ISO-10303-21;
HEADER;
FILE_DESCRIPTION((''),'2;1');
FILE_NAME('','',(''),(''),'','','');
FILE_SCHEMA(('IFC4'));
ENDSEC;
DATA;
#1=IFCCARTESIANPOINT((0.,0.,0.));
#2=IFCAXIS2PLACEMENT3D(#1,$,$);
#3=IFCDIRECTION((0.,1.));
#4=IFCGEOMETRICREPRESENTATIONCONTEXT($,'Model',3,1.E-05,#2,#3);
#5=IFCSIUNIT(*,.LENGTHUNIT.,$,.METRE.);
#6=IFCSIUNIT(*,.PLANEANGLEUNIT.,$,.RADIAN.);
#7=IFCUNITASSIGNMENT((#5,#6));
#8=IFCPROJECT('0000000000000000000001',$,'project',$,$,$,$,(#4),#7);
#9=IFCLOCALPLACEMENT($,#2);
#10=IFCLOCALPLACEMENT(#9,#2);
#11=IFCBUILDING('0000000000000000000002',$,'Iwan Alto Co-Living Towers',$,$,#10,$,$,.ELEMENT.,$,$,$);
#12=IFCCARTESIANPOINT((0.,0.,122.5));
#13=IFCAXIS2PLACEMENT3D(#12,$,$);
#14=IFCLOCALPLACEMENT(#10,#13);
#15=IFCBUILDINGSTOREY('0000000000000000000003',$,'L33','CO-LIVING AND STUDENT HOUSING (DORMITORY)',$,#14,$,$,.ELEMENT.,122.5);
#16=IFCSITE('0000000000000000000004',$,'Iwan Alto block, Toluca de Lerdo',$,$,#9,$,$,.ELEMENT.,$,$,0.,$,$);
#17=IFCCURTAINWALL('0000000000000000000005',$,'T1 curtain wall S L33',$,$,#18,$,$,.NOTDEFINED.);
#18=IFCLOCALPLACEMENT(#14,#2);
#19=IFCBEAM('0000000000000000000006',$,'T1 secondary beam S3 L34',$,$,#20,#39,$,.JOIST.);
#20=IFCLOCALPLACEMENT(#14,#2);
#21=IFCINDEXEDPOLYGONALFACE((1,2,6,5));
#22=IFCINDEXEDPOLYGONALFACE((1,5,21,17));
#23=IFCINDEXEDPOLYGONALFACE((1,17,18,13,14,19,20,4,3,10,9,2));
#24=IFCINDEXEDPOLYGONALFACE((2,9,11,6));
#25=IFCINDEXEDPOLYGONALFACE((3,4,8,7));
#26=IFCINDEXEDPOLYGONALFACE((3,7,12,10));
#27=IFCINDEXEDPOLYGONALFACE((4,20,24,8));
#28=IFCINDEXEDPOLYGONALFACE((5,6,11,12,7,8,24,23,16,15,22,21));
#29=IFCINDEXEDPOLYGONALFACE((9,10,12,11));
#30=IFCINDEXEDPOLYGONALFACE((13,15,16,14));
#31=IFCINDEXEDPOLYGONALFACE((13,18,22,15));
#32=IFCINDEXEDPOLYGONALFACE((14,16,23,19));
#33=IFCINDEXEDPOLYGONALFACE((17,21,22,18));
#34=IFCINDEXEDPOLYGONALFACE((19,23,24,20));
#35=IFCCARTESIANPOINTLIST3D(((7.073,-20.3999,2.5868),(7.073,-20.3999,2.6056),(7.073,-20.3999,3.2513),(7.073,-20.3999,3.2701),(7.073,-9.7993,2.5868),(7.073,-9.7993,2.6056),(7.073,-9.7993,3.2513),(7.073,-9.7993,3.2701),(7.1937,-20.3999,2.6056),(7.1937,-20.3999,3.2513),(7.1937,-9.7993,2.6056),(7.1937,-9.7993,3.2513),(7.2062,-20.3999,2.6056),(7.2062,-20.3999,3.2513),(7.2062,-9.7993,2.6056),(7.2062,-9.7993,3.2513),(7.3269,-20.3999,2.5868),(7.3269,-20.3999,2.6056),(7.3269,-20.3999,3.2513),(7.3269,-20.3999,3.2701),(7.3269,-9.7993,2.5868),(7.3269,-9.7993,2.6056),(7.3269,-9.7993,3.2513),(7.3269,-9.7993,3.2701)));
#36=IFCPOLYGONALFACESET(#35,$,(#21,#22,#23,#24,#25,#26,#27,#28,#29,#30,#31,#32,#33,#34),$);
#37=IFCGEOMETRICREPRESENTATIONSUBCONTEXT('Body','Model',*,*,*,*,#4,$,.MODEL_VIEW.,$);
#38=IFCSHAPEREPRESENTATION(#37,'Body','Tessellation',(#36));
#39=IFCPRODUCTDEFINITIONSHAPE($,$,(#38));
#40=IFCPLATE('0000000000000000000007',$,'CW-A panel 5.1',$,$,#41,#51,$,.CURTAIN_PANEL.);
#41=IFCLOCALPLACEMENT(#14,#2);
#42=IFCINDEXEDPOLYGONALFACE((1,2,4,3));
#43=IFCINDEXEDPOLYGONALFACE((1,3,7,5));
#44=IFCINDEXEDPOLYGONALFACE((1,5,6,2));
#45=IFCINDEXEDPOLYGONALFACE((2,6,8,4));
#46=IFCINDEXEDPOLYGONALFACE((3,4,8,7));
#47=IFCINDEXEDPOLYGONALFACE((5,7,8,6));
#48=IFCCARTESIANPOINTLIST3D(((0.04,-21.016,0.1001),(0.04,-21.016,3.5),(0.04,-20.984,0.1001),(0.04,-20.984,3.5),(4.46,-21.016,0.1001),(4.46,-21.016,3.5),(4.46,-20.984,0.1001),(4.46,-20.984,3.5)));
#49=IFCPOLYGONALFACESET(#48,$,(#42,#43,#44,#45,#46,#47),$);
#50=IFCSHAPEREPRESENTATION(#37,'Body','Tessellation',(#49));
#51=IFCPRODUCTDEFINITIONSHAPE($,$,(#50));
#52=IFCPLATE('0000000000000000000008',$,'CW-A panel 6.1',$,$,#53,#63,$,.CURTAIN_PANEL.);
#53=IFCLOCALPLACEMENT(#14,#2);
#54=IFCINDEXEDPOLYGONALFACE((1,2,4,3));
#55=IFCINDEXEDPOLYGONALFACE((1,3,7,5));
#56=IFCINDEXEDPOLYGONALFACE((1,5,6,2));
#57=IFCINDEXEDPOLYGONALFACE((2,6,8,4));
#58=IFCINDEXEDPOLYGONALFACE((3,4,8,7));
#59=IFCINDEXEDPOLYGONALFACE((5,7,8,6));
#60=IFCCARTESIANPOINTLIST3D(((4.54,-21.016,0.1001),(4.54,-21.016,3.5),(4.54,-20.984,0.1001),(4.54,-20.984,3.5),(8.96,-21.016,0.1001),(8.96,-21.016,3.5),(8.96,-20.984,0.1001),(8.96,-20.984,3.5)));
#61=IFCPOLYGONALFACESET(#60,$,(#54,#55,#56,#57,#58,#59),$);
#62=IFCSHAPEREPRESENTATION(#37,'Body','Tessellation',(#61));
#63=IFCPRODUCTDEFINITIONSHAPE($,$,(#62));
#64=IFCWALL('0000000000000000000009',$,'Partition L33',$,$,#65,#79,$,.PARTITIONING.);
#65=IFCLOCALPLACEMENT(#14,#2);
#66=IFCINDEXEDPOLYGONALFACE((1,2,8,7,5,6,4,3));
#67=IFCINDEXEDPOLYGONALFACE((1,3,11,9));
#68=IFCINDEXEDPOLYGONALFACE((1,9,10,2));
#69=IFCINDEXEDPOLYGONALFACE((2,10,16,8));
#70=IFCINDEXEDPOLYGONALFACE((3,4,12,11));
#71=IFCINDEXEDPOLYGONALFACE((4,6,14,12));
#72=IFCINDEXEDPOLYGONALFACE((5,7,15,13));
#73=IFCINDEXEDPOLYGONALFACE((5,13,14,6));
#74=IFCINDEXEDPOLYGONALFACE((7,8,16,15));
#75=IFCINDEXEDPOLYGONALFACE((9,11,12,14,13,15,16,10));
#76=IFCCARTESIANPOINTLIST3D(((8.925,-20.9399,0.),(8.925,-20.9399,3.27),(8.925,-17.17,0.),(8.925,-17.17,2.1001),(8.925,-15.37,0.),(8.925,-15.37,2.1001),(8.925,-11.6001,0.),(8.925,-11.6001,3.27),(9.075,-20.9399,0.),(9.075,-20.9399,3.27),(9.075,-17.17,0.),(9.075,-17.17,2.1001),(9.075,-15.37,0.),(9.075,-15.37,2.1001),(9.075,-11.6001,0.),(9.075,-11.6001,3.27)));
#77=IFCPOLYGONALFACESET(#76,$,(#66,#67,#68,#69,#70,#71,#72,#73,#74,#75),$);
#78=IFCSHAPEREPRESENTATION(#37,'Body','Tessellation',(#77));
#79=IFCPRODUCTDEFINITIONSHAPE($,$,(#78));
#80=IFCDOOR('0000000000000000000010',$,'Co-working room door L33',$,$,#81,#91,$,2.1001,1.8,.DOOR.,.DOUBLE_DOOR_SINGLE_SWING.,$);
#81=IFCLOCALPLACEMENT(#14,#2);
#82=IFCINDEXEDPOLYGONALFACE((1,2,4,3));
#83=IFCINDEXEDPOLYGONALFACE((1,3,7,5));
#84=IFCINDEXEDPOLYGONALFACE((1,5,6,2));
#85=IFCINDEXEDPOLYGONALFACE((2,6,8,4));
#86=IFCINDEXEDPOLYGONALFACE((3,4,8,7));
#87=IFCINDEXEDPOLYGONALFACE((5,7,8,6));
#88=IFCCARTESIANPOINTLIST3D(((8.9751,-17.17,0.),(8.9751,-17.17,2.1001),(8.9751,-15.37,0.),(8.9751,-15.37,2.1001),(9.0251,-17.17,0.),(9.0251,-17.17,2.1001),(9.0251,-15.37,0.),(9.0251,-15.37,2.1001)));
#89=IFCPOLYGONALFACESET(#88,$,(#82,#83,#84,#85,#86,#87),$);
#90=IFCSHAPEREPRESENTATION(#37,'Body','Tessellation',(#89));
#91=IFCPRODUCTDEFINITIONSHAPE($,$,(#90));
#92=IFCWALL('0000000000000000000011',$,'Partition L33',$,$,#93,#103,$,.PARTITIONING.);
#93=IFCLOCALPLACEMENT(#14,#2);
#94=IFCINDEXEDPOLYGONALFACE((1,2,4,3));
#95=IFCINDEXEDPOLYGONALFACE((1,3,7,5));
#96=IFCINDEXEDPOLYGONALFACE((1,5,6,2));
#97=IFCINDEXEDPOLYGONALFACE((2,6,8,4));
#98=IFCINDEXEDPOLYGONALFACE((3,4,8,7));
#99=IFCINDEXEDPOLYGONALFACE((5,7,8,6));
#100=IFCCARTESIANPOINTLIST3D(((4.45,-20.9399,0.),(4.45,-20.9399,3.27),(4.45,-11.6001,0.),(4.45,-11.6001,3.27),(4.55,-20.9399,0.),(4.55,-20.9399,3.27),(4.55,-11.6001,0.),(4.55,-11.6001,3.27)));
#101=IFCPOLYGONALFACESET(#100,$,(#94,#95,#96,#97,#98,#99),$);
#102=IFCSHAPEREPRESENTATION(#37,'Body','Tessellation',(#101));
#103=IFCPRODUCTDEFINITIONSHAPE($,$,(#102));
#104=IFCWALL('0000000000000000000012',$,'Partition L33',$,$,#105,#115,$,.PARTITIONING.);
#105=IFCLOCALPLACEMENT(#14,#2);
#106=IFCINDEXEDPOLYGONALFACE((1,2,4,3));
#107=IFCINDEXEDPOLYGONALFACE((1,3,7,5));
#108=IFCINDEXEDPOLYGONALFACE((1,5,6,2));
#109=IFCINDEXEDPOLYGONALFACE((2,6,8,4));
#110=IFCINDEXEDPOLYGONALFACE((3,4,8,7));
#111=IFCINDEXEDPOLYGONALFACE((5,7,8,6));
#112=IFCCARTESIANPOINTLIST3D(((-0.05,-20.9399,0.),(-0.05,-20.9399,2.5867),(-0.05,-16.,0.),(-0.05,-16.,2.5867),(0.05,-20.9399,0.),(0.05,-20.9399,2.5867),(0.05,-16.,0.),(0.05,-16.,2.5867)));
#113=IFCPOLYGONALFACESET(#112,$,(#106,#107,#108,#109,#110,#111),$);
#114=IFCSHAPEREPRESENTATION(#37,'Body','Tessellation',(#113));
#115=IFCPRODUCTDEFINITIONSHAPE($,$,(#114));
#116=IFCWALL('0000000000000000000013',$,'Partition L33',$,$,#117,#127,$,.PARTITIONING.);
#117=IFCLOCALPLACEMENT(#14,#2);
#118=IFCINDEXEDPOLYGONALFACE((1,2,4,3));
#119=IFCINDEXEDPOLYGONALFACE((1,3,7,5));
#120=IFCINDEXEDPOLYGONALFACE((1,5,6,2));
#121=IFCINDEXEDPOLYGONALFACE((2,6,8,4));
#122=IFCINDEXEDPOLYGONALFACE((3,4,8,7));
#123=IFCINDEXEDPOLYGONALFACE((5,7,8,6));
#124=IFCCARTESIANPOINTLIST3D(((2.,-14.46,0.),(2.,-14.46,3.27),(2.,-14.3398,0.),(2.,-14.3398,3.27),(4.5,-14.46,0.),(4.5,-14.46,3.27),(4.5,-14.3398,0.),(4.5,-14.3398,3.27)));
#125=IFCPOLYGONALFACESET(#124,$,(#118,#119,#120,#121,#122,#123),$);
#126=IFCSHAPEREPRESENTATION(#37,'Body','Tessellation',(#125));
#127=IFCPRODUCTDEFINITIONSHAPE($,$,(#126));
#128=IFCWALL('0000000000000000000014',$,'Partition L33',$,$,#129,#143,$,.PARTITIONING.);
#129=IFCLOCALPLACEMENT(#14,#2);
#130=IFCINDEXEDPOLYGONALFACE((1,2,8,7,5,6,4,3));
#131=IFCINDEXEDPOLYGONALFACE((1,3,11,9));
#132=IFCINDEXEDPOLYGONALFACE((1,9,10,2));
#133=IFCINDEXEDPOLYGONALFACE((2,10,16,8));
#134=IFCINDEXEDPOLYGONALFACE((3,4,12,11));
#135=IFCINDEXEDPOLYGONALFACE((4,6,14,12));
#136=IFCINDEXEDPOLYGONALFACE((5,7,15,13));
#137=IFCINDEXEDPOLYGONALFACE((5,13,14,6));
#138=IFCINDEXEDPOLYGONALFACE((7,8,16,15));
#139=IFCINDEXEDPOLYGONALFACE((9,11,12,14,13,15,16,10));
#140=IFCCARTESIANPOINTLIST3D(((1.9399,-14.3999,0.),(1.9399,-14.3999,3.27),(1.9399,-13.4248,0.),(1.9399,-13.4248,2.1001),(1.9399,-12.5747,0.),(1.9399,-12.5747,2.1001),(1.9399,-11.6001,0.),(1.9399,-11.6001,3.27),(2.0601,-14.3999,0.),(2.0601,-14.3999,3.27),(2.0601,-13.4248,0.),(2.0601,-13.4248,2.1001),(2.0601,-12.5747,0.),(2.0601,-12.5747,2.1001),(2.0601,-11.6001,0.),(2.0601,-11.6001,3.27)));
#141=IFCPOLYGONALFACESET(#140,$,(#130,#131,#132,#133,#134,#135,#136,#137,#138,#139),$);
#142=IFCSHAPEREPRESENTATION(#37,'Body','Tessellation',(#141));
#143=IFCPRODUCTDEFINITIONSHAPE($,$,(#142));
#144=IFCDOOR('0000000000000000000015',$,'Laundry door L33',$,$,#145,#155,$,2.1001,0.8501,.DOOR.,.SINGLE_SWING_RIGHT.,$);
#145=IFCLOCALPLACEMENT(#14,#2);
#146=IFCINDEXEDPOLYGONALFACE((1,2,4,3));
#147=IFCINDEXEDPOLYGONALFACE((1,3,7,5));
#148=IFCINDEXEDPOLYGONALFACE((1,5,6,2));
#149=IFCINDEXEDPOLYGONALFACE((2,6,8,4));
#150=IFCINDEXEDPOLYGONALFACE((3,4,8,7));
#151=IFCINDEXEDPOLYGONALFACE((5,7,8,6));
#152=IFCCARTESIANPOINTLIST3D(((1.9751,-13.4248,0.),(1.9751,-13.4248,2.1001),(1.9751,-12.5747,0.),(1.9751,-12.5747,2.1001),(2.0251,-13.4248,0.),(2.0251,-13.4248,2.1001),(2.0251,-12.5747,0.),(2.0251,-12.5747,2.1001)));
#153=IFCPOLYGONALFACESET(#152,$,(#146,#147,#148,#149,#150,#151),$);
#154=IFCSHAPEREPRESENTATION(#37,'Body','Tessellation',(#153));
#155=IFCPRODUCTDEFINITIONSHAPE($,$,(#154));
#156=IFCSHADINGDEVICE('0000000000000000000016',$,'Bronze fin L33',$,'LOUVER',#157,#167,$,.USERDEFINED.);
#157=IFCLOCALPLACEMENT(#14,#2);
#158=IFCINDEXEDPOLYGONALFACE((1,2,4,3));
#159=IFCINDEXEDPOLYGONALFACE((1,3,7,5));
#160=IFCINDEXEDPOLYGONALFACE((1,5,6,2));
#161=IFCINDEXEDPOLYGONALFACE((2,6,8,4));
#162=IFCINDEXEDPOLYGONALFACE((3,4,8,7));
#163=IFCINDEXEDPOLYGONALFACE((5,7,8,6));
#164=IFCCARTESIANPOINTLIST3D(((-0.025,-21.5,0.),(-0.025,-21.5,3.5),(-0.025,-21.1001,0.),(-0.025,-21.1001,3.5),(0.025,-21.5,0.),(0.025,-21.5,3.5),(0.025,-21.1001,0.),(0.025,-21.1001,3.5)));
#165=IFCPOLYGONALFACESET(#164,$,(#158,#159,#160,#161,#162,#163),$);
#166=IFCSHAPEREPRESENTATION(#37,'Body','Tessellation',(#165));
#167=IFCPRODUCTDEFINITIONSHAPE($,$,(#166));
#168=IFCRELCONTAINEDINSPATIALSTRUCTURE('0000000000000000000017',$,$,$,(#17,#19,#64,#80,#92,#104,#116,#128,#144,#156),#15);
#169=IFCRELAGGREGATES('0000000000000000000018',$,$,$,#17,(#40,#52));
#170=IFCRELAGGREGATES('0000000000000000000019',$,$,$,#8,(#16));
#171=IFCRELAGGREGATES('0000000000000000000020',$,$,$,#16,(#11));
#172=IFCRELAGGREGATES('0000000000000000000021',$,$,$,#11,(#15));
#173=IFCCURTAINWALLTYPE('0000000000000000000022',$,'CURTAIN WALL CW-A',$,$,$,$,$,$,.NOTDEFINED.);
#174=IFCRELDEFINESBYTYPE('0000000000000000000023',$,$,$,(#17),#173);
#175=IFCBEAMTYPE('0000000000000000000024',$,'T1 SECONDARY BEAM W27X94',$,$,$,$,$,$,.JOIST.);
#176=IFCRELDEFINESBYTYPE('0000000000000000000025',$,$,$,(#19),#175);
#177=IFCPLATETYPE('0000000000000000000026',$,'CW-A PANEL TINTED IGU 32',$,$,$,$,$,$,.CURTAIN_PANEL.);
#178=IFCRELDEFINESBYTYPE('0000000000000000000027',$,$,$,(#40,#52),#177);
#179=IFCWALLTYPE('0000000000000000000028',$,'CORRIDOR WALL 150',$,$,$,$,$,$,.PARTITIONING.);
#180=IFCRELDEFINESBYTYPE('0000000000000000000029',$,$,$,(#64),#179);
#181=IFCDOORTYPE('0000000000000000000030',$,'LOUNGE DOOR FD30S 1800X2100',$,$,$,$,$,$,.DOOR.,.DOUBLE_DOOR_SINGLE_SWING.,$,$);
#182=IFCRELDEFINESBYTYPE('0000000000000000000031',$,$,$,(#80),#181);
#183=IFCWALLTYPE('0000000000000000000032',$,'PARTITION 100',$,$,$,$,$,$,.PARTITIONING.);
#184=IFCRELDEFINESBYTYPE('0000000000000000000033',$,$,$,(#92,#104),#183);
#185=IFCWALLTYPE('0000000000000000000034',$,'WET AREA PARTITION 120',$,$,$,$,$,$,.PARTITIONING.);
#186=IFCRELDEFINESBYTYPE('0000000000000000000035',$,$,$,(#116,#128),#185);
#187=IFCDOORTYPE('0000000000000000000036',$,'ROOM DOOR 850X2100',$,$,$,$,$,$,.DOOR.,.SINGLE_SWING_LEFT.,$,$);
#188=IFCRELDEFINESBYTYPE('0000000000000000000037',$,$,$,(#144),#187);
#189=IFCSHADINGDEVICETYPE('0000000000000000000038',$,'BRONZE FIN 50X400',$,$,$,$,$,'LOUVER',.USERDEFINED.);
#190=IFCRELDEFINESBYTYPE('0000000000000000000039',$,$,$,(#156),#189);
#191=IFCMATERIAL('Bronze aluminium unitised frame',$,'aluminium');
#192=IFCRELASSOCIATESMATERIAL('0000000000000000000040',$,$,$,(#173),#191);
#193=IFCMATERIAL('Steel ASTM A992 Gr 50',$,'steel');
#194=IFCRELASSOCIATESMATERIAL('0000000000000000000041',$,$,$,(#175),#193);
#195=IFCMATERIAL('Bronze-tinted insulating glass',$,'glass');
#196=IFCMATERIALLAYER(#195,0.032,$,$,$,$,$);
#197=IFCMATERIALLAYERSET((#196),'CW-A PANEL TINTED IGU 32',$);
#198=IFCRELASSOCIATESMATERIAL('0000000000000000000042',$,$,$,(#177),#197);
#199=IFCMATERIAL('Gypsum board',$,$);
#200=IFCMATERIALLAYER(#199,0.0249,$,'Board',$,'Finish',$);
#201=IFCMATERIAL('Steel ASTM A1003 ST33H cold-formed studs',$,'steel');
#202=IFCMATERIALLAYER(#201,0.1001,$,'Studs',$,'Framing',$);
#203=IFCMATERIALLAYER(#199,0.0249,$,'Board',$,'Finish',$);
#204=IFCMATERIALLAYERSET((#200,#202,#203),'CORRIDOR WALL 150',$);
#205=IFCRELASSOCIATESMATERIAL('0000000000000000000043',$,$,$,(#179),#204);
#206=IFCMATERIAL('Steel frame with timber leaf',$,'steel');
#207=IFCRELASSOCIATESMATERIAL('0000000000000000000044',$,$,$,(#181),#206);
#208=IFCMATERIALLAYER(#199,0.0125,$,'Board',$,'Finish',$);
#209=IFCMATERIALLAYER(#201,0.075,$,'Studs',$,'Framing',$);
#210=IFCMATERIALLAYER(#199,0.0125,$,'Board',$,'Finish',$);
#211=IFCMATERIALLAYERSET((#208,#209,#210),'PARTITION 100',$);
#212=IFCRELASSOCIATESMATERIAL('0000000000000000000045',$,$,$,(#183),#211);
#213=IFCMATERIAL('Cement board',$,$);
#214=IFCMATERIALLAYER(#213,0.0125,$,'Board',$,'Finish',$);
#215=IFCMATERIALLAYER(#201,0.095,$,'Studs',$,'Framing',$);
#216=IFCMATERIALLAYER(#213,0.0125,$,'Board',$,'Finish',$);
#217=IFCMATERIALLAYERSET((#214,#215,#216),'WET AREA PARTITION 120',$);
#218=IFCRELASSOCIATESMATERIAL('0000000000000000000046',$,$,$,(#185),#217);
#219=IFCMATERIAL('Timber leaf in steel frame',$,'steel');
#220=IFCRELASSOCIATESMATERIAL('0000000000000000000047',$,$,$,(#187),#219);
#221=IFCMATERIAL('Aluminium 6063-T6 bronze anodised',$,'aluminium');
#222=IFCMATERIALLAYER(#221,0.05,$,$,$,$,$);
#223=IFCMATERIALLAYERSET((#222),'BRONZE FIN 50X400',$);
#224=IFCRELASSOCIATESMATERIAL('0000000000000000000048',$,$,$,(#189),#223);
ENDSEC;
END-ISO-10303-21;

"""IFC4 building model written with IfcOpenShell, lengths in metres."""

from ifc_helpers import new_model, si_unit, direction, frame, frame_2d, origin, origin_2d, place, context, subcontext, project, spatial, rectangle, i_section, extrude, material, layer, layer_set, material_profile, profile_set, type_object, element, fill, aggregate, save


model = new_model("IFC4")

# Units and contexts
model_context = context("Model", 3, precision=1e-05, world=origin(), true_north=direction((0.0, 1.0)))
body_context = subcontext(model_context, "Body", "Model", "MODEL_VIEW")
ifc_project = project(units=[si_unit("LENGTHUNIT", "METRE"), si_unit("PLANEANGLEUNIT", "RADIAN")], contexts=[model_context])

# Site, building, storey
site_placement = place(None, origin())
site = spatial("IfcSite", under=ifc_project, at=site_placement, Name="Iwan Alto block, Toluca de Lerdo", CompositionType="ELEMENT", RefElevation=0.0)
building_placement = place(site_placement, origin())
building = spatial("IfcBuilding", under=site, at=building_placement, Name="Iwan Alto Co-Living Towers", CompositionType="ELEMENT")
storey_placement = place(building_placement, frame((0.0, 0.0, 122.5)))
storey = spatial("IfcBuildingStorey", under=building, at=storey_placement, Name="L33", Description="CO-LIVING AND STUDENT HOUSING (DORMITORY)", CompositionType="ELEMENT", Elevation=122.5)

# Curtain wall
ifc_material_1 = material(Name="Bronze aluminium unitised frame", Category="aluminium")
curtain_wall_type = type_object("IfcCurtainWallType", Name="CURTAIN WALL CW-A", PredefinedType="NOTDEFINED", material=ifc_material_1)
curtain_wall_placement = place(storey_placement, origin())
curtain_wall = element("IfcCurtainWall", 1, at=curtain_wall_placement, inside=storey, type_object=curtain_wall_type, Name="T1 curtain wall S L33", PredefinedType="NOTDEFINED")

# Beam
ifc_material_2 = material(Name="Steel ASTM A992 Gr 50", Category="steel")
ifc_material_profile_1 = material_profile(ifc_material_2, i_section(OverallWidth=0.2539, OverallDepth=0.6833, WebThickness=0.0125, FlangeThickness=0.0188, at=origin_2d()), Name="W27X94")
ifc_profile_set_1 = profile_set([ifc_material_profile_1], Name="Steel ASTM A992 Gr 50")
beam_type_1 = type_object("IfcBeamType", Name="T1 SECONDARY BEAM W27X94", PredefinedType="JOIST", material=ifc_profile_set_1)
for number, where, z_axis, x_axis, name in (
    (2, (7.2, -20.3999, 2.9285), (0.0, 1.0, 0.0), (-1.0, 0.0, 0.0), "T1 secondary beam S3 L34"),
):
    element("IfcBeam", number, at=place(storey_placement, frame(where, z_axis=z_axis, x_axis=x_axis)), inside=storey, type_object=beam_type_1, Name=name, PredefinedType="JOIST", context=body_context, shape_type="SweptSolid", body=[
        extrude(i_section(OverallWidth=0.2539, OverallDepth=0.6833, WebThickness=0.0125, FlangeThickness=0.0188, at=origin_2d()), origin(), (0.0, 0.0, 1.0), 10.6006),
    ])

# Plates
ifc_material_3 = material(Name="Bronze-tinted insulating glass", Category="glass")
ifc_layer_1 = layer(ifc_material_3, 0.032)
ifc_layer_set_1 = layer_set([ifc_layer_1], Name="CW-A PANEL TINTED IGU 32")
plate_type = type_object("IfcPlateType", Name="CW-A PANEL TINTED IGU 32", PredefinedType="CURTAIN_PANEL", material=ifc_layer_set_1)
plate_1_placement = place(storey_placement, frame((2.25, -21.0, 0.1001), z_axis=(0.0, 0.0, 1.0), x_axis=(1.0, 0.0, 0.0)))
plate_1 = element("IfcPlate", 3, at=plate_1_placement, type_object=plate_type, Name="CW-A panel 5.1", PredefinedType="CURTAIN_PANEL", context=body_context, shape_type="SweptSolid", body=[
    extrude(rectangle(XDim=4.4199, YDim=0.032, at=origin_2d()), origin(), (0.0, 0.0, 1.0), 3.3999),
])
plate_2_placement = place(storey_placement, frame((6.75, -21.0, 0.1001), z_axis=(0.0, 0.0, 1.0), x_axis=(1.0, 0.0, 0.0)))
plate_2 = element("IfcPlate", 4, at=plate_2_placement, type_object=plate_type, Name="CW-A panel 6.1", PredefinedType="CURTAIN_PANEL", context=body_context, shape_type="SweptSolid", body=[
    extrude(rectangle(XDim=4.4199, YDim=0.032, at=origin_2d()), origin(), (0.0, 0.0, 1.0), 3.3999),
])
aggregate(curtain_wall, [plate_1, plate_2])

# Wall, opening, door
ifc_material_4 = material(Name="Gypsum board")
ifc_layer_2 = layer(ifc_material_4, 0.0249, Name="Board", Category="Finish")
ifc_material_5 = material(Name="Steel ASTM A1003 ST33H cold-formed studs", Category="steel")
ifc_layer_3 = layer(ifc_material_5, 0.1001, Name="Studs", Category="Framing")
ifc_layer_4 = layer(ifc_material_4, 0.0249, Name="Board", Category="Finish")
ifc_layer_set_2 = layer_set([ifc_layer_2, ifc_layer_3, ifc_layer_4], Name="CORRIDOR WALL 150")
wall_type_1 = type_object("IfcWallType", Name="CORRIDOR WALL 150", PredefinedType="PARTITIONING", material=ifc_layer_set_2)
wall_1_placement = place(storey_placement, frame((9.0, -20.9399, 0.0), z_axis=(0.0, 0.0, 1.0), x_axis=(0.0, 1.0, 0.0)))
wall_1 = element("IfcWall", 5, at=wall_1_placement, inside=storey, type_object=wall_type_1, Name="Partition L33", PredefinedType="PARTITIONING", context=body_context, shape_type="SweptSolid", body=[
    extrude(rectangle(XDim=9.3398, YDim=0.1499, at=frame_2d((4.6699, 0.0))), origin(), (0.0, 0.0, 1.0), 3.27),
])
opening_1_placement = place(wall_1_placement, frame((3.77, 0.0, 0.0)))
opening_1 = element("IfcOpeningElement", 6, at=opening_1_placement, cuts=wall_1, PredefinedType="OPENING", context=body_context, shape_type="SweptSolid", body=[
    extrude(rectangle(XDim=1.8, YDim=2.1001, at=frame_2d((0.8999, 1.05))), frame((0.0, 0.085, 0.0), z_axis=(0.0, -1.0, 0.0), x_axis=(1.0, 0.0, 0.0)), (0.0, 0.0, 1.0), 0.1699),
])
ifc_material_6 = material(Name="Steel frame with timber leaf", Category="steel")
door_type_1 = type_object("IfcDoorType", Name="LOUNGE DOOR FD30S 1800X2100", OperationType="DOUBLE_DOOR_SINGLE_SWING", PredefinedType="DOOR", material=ifc_material_6)
door_1_placement = place(opening_1_placement, origin())
door_1 = element("IfcDoor", 7, at=door_1_placement, inside=storey, type_object=door_type_1, Name="Co-working room door L33", OperationType="DOUBLE_DOOR_SINGLE_SWING", OverallHeight=2.1001, OverallWidth=1.8, PredefinedType="DOOR", context=body_context, shape_type="SweptSolid", body=[
    extrude(rectangle(XDim=1.8, YDim=2.1001, at=frame_2d((0.8999, 1.05))), frame((0.0, 0.0249, 0.0), z_axis=(0.0, -1.0, 0.0), x_axis=(1.0, 0.0, 0.0)), (0.0, 0.0, 1.0), 0.05),
])
fill(opening_1, door_1)

# Walls
ifc_layer_5 = layer(ifc_material_4, 0.0125, Name="Board", Category="Finish")
ifc_layer_6 = layer(ifc_material_5, 0.075, Name="Studs", Category="Framing")
ifc_layer_7 = layer(ifc_material_4, 0.0125, Name="Board", Category="Finish")
ifc_layer_set_3 = layer_set([ifc_layer_5, ifc_layer_6, ifc_layer_7], Name="PARTITION 100")
wall_type_2 = type_object("IfcWallType", Name="PARTITION 100", PredefinedType="PARTITIONING", material=ifc_layer_set_3)
wall_2_placement = place(storey_placement, frame((4.5, -20.9399, 0.0), z_axis=(0.0, 0.0, 1.0), x_axis=(0.0, 1.0, 0.0)))
element("IfcWall", 8, at=wall_2_placement, inside=storey, type_object=wall_type_2, Name="Partition L33", PredefinedType="PARTITIONING", context=body_context, shape_type="SweptSolid", body=[
    extrude(rectangle(XDim=9.3398, YDim=0.1001, at=frame_2d((4.6699, 0.0))), origin(), (0.0, 0.0, 1.0), 3.27),
])
wall_3_placement = place(storey_placement, frame((0.0, -20.9399, 0.0), z_axis=(0.0, 0.0, 1.0), x_axis=(0.0, 1.0, 0.0)))
element("IfcWall", 9, at=wall_3_placement, inside=storey, type_object=wall_type_2, Name="Partition L33", PredefinedType="PARTITIONING", context=body_context, shape_type="SweptSolid", body=[
    extrude(rectangle(XDim=4.9399, YDim=0.1001, at=frame_2d((2.47, 0.0))), origin(), (0.0, 0.0, 1.0), 2.5867),
])
ifc_material_7 = material(Name="Cement board")
ifc_layer_8 = layer(ifc_material_7, 0.0125, Name="Board", Category="Finish")
ifc_layer_9 = layer(ifc_material_5, 0.095, Name="Studs", Category="Framing")
ifc_layer_10 = layer(ifc_material_7, 0.0125, Name="Board", Category="Finish")
ifc_layer_set_4 = layer_set([ifc_layer_8, ifc_layer_9, ifc_layer_10], Name="WET AREA PARTITION 120")
wall_type_3 = type_object("IfcWallType", Name="WET AREA PARTITION 120", PredefinedType="PARTITIONING", material=ifc_layer_set_4)
wall_4_placement = place(storey_placement, frame((2.0, -14.3999, 0.0), z_axis=(0.0, 0.0, 1.0), x_axis=(1.0, 0.0, 0.0)))
element("IfcWall", 10, at=wall_4_placement, inside=storey, type_object=wall_type_3, Name="Partition L33", PredefinedType="PARTITIONING", context=body_context, shape_type="SweptSolid", body=[
    extrude(rectangle(XDim=2.5, YDim=0.1201, at=frame_2d((1.25, 0.0))), origin(), (0.0, 0.0, 1.0), 3.27),
])

# Wall, opening, door
wall_5_placement = place(storey_placement, frame((2.0, -14.3999, 0.0), z_axis=(0.0, 0.0, 1.0), x_axis=(0.0, 1.0, 0.0)))
wall_5 = element("IfcWall", 11, at=wall_5_placement, inside=storey, type_object=wall_type_3, Name="Partition L33", PredefinedType="PARTITIONING", context=body_context, shape_type="SweptSolid", body=[
    extrude(rectangle(XDim=2.7998, YDim=0.1201, at=frame_2d((1.3999, 0.0))), origin(), (0.0, 0.0, 1.0), 3.27),
])
opening_2_placement = place(wall_5_placement, frame((0.9751, 0.0, 0.0)))
opening_2 = element("IfcOpeningElement", 12, at=opening_2_placement, cuts=wall_5, PredefinedType="OPENING", context=body_context, shape_type="SweptSolid", body=[
    extrude(rectangle(XDim=0.8501, YDim=2.1001, at=frame_2d((0.425, 1.05))), frame((0.0, 0.0701, 0.0), z_axis=(0.0, -1.0, 0.0), x_axis=(1.0, 0.0, 0.0)), (0.0, 0.0, 1.0), 0.1401),
])
ifc_material_8 = material(Name="Timber leaf in steel frame", Category="steel")
door_type_2 = type_object("IfcDoorType", Name="ROOM DOOR 850X2100", OperationType="SINGLE_SWING_LEFT", PredefinedType="DOOR", material=ifc_material_8)
door_2_placement = place(opening_2_placement, origin())
door_2 = element("IfcDoor", 13, at=door_2_placement, inside=storey, type_object=door_type_2, Name="Laundry door L33", OperationType="SINGLE_SWING_RIGHT", OverallHeight=2.1001, OverallWidth=0.8501, PredefinedType="DOOR", context=body_context, shape_type="SweptSolid", body=[
    extrude(rectangle(XDim=0.8501, YDim=2.1001, at=frame_2d((0.425, 1.05))), frame((0.0, 0.0249, 0.0), z_axis=(0.0, -1.0, 0.0), x_axis=(1.0, 0.0, 0.0)), (0.0, 0.0, 1.0), 0.05),
])
fill(opening_2, door_2)

# Shading device
ifc_material_9 = material(Name="Aluminium 6063-T6 bronze anodised", Category="aluminium")
ifc_layer_11 = layer(ifc_material_9, 0.05)
ifc_layer_set_5 = layer_set([ifc_layer_11], Name="BRONZE FIN 50X400")
shading_device_type = type_object("IfcShadingDeviceType", Name="BRONZE FIN 50X400", ElementType="LOUVER", PredefinedType="USERDEFINED", material=ifc_layer_set_5)
for number, where, z_axis, x_axis, name in (
    (14, (0.0, -21.3, 0.0), (0.0, 0.0, 1.0), (1.0, 0.0, 0.0), "Bronze fin L33"),
):
    element("IfcShadingDevice", number, at=place(storey_placement, frame(where, z_axis=z_axis, x_axis=x_axis)), inside=storey, type_object=shading_device_type, Name=name, ObjectType="LOUVER", PredefinedType="USERDEFINED", context=body_context, shape_type="SweptSolid", body=[
        extrude(rectangle(XDim=0.05, YDim=0.3999, at=origin_2d()), origin(), (0.0, 0.0, 1.0), 3.5),
    ])

save(model, "model.ifc")
